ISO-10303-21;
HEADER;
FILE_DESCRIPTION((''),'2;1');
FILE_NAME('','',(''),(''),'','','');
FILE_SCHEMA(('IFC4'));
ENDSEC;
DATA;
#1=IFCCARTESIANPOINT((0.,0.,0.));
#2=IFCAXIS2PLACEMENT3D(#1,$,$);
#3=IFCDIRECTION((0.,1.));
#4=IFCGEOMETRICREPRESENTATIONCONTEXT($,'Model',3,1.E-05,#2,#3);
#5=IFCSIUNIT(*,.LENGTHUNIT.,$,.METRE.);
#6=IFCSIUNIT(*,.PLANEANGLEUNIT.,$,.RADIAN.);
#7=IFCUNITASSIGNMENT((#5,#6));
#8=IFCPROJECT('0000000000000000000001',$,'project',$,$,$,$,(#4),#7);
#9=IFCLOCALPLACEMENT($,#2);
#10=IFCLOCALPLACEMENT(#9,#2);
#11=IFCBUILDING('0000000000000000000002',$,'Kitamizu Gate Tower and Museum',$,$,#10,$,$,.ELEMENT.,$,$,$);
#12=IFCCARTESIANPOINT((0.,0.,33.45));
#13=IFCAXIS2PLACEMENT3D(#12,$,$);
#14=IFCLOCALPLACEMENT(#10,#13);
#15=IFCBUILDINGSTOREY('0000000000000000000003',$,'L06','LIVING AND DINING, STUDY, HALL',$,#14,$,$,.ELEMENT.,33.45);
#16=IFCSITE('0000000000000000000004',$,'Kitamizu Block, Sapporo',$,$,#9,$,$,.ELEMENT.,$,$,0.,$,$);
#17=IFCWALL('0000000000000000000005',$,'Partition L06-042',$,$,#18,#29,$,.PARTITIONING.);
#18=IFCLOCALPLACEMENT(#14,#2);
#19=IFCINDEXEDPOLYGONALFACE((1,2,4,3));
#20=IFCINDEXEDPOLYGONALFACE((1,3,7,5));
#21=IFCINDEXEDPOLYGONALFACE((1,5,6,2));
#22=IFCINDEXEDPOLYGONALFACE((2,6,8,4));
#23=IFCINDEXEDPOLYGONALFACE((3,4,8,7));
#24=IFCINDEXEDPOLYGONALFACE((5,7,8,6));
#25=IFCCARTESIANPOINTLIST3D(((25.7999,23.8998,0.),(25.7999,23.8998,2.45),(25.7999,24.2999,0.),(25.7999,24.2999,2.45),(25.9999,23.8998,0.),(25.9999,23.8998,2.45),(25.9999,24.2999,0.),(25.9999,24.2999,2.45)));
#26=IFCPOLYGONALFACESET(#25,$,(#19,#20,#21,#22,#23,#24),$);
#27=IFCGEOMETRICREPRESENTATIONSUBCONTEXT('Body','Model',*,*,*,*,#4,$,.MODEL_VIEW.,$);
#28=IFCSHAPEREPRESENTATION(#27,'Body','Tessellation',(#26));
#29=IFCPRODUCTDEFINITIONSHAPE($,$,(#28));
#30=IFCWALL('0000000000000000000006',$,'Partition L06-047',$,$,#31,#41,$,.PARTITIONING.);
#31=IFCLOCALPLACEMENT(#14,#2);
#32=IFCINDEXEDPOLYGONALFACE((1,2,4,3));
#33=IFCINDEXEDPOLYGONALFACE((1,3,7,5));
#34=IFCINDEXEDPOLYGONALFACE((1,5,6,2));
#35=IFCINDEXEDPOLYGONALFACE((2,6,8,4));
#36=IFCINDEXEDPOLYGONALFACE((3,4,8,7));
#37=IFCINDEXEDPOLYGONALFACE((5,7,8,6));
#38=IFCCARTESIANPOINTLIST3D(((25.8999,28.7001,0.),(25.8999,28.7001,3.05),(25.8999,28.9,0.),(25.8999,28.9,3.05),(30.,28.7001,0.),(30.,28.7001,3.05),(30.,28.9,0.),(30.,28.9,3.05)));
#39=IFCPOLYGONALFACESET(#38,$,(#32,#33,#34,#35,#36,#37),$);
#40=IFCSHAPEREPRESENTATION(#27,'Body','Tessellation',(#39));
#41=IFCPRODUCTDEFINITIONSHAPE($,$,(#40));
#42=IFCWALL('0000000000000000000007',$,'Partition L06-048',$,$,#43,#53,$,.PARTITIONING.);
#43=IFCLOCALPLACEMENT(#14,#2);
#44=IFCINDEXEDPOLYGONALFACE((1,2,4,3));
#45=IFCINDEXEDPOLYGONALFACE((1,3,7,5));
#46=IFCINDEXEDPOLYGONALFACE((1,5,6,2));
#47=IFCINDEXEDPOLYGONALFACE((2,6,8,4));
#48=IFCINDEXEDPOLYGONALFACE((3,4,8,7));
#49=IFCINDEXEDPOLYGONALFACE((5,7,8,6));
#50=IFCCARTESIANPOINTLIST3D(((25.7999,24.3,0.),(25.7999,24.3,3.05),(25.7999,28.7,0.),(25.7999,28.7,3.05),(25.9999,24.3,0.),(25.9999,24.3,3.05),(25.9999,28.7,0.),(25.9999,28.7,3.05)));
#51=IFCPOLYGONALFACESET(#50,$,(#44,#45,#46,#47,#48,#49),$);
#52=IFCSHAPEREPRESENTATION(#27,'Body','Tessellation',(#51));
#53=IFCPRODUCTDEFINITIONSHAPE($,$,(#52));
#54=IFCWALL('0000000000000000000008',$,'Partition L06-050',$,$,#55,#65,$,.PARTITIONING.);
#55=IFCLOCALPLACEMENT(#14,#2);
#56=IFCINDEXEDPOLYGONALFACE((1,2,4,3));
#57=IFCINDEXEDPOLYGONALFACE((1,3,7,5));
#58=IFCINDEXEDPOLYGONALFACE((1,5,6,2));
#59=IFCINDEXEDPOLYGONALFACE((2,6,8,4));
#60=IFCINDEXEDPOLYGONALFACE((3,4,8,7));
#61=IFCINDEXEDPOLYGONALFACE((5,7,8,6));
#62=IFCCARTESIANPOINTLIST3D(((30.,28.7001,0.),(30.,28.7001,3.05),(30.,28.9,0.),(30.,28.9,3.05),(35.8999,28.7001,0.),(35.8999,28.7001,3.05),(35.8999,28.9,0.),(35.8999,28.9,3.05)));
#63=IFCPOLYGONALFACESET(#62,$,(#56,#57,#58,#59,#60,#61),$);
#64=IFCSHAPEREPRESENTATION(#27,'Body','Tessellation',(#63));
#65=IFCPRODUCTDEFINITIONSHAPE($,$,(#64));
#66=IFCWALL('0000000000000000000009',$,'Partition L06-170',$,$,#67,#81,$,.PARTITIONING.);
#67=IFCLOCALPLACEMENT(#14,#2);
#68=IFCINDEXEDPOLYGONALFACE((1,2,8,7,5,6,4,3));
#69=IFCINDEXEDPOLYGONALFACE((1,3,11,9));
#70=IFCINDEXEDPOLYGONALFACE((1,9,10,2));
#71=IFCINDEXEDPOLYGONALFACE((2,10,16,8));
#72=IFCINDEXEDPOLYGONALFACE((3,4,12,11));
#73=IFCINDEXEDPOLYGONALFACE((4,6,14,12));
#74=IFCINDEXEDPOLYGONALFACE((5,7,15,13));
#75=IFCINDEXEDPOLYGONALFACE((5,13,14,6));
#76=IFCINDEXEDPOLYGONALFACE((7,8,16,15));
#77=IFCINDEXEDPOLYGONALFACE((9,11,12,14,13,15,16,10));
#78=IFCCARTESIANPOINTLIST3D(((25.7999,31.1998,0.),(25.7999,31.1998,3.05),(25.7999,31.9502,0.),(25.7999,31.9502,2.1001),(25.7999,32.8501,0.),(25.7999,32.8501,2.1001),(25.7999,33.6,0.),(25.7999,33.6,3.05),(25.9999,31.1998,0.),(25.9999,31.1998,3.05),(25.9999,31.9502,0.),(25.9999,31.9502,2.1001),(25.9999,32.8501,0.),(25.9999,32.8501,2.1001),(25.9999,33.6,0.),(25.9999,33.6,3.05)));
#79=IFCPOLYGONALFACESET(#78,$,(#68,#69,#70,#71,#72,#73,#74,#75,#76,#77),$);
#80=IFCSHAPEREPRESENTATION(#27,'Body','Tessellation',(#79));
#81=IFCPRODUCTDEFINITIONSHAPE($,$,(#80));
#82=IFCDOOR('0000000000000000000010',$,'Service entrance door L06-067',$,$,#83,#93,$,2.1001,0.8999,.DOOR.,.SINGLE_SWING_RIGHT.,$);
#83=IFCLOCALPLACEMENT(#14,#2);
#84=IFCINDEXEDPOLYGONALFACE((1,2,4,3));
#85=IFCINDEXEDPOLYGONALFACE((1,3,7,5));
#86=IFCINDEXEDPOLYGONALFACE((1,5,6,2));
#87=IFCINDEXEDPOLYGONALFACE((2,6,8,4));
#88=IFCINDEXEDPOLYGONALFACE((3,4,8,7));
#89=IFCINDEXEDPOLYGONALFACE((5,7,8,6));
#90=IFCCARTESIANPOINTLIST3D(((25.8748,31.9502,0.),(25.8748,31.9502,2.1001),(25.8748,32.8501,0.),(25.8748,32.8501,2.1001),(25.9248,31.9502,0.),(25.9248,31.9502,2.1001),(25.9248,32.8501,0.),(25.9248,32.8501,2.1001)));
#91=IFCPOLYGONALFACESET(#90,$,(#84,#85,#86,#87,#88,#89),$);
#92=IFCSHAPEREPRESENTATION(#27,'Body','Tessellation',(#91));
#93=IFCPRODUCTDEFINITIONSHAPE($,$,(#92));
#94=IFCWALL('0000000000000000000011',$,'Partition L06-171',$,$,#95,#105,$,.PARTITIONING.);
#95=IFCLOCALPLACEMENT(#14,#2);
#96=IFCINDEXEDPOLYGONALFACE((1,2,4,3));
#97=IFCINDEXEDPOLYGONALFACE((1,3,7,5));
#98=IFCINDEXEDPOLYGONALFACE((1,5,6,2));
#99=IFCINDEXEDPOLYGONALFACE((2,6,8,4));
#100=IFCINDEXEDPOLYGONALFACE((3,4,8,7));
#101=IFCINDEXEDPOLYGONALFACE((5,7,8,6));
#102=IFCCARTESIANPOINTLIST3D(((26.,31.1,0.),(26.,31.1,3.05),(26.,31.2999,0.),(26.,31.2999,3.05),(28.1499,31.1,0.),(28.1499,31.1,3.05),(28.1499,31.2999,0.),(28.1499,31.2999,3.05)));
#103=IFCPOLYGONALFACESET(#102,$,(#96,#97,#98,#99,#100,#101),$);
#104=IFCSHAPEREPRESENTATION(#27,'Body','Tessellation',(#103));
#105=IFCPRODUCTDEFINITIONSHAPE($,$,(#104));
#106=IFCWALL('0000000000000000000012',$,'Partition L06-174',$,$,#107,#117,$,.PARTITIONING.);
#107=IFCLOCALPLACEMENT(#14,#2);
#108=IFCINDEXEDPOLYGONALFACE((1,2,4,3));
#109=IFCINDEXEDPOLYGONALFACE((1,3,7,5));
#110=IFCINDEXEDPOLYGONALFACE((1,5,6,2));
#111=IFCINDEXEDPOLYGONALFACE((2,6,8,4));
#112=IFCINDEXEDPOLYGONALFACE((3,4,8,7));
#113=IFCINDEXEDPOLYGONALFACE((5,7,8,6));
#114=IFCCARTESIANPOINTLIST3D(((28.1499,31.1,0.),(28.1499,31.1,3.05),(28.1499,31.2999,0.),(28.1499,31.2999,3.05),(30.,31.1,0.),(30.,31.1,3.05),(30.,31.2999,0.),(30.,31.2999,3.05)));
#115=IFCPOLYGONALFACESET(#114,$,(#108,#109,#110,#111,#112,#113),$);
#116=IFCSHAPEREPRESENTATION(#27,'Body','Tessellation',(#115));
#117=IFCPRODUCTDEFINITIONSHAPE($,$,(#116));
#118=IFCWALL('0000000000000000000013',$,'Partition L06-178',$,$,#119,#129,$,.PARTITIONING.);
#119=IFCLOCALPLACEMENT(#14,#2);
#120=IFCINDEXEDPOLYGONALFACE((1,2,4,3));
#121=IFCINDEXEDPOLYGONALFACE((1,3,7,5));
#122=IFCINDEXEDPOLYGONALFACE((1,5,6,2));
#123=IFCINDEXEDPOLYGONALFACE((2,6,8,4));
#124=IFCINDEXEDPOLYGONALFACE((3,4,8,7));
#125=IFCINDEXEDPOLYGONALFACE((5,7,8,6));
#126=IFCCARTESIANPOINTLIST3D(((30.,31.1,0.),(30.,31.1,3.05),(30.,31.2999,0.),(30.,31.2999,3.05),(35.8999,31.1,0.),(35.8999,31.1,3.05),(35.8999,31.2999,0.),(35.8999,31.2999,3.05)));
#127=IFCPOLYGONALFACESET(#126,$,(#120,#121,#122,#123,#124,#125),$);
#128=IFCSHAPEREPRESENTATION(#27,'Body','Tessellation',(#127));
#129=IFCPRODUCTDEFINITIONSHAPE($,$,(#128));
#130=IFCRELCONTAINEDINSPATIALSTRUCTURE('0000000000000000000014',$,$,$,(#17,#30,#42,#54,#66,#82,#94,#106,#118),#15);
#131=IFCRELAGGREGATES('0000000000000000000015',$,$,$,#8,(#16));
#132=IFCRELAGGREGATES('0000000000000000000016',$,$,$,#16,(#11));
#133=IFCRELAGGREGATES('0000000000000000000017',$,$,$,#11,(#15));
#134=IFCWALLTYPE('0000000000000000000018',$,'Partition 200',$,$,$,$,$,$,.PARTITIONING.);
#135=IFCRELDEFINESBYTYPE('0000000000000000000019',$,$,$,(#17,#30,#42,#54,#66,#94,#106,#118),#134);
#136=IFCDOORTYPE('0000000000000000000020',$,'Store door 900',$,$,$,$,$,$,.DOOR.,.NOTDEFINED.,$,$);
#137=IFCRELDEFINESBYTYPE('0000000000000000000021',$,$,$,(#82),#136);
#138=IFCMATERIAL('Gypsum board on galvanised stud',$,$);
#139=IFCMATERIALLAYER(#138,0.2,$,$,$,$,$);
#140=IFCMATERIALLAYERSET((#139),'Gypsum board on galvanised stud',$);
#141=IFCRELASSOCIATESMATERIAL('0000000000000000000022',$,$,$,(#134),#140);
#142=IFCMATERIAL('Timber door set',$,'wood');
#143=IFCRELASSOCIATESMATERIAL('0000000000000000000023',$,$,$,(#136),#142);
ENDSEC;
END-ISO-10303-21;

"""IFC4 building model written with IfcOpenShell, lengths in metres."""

from ifc_helpers import new_model, si_unit, direction, frame, frame_2d, origin, place, context, subcontext, project, spatial, rectangle, extrude, material, layer, layer_set, type_object, element, fill, save


model = new_model("IFC4")

# Units and contexts
model_context = context("Model", 3, precision=1e-05, world=origin(), true_north=direction((0.0, 1.0)))
body_context = subcontext(model_context, "Body", "Model", "MODEL_VIEW")
ifc_project = project(units=[si_unit("LENGTHUNIT", "METRE"), si_unit("PLANEANGLEUNIT", "RADIAN")], contexts=[model_context])

# Site, building, storey
site_placement = place(None, origin())
site = spatial("IfcSite", under=ifc_project, at=site_placement, Name="Kitamizu Block, Sapporo", CompositionType="ELEMENT", RefElevation=0.0)
building_placement = place(site_placement, origin())
building = spatial("IfcBuilding", under=site, at=building_placement, Name="Kitamizu Gate Tower and Museum", CompositionType="ELEMENT")
storey_placement = place(building_placement, frame((0.0, 0.0, 33.45)))
storey = spatial("IfcBuildingStorey", under=building, at=storey_placement, Name="L06", Description="LIVING AND DINING, STUDY, HALL", CompositionType="ELEMENT", Elevation=33.45)

# Walls
ifc_material_1 = material(Name="Gypsum board on galvanised stud")
ifc_layer_1 = layer(ifc_material_1, 0.2)
ifc_layer_set_1 = layer_set([ifc_layer_1], Name="Gypsum board on galvanised stud")
wall_type_1 = type_object("IfcWallType", Name="Partition 200", PredefinedType="PARTITIONING", material=ifc_layer_set_1)
wall_1_placement = place(storey_placement, frame((25.8999, 24.3, 0.0), z_axis=(0.0, 0.0, 1.0), x_axis=(0.0, -1.0, 0.0)))
element("IfcWall", 1, at=wall_1_placement, inside=storey, type_object=wall_type_1, Name="Partition L06-042", PredefinedType="PARTITIONING", context=body_context, shape_type="SweptSolid", body=[
    extrude(rectangle(XDim=0.4001, YDim=0.2, at=frame_2d((0.2002, 0.0))), origin(), (0.0, 0.0, 1.0), 2.45),
])
wall_2_placement = place(storey_placement, frame((30.0, 28.8, 0.0), z_axis=(0.0, 0.0, 1.0), x_axis=(-1.0, 0.0, 0.0)))
element("IfcWall", 2, at=wall_2_placement, inside=storey, type_object=wall_type_1, Name="Partition L06-047", PredefinedType="PARTITIONING", context=body_context, shape_type="SweptSolid", body=[
    extrude(rectangle(XDim=4.1001, YDim=0.2, at=frame_2d((2.05, 0.0))), origin(), (0.0, 0.0, 1.0), 3.05),
])
wall_3_placement = place(storey_placement, frame((25.8999, 28.7, 0.0), z_axis=(0.0, 0.0, 1.0), x_axis=(0.0, -1.0, 0.0)))
element("IfcWall", 3, at=wall_3_placement, inside=storey, type_object=wall_type_1, Name="Partition L06-048", PredefinedType="PARTITIONING", context=body_context, shape_type="SweptSolid", body=[
    extrude(rectangle(XDim=4.3999, YDim=0.2, at=frame_2d((2.2, 0.0))), origin(), (0.0, 0.0, 1.0), 3.05),
])
wall_4_placement = place(storey_placement, frame((35.8999, 28.8, 0.0), z_axis=(0.0, 0.0, 1.0), x_axis=(-1.0, 0.0, 0.0)))
element("IfcWall", 4, at=wall_4_placement, inside=storey, type_object=wall_type_1, Name="Partition L06-050", PredefinedType="PARTITIONING", context=body_context, shape_type="SweptSolid", body=[
    extrude(rectangle(XDim=5.8999, YDim=0.2, at=frame_2d((2.95, 0.0))), origin(), (0.0, 0.0, 1.0), 3.05),
])

# Wall, opening, door
wall_5_placement = place(storey_placement, frame((25.8999, 33.6001, 0.0), z_axis=(0.0, 0.0, 1.0), x_axis=(0.0, -1.0, 0.0)))
wall_5 = element("IfcWall", 5, at=wall_5_placement, inside=storey, type_object=wall_type_1, Name="Partition L06-170", PredefinedType="PARTITIONING", context=body_context, shape_type="SweptSolid", body=[
    extrude(rectangle(XDim=2.4001, YDim=0.2, at=frame_2d((1.2002, 0.0))), origin(), (0.0, 0.0, 1.0), 3.05),
])
opening_1_placement = place(wall_5_placement, frame((0.75, 0.0, 0.0)))
opening_1 = element("IfcOpeningElement", 6, at=opening_1_placement, cuts=wall_5, PredefinedType="OPENING", context=body_context, shape_type="SweptSolid", body=[
    extrude(rectangle(XDim=0.8999, YDim=2.1001, at=frame_2d((0.45, 1.05))), frame((0.0, 0.1099, 0.0), z_axis=(0.0, -1.0, 0.0), x_axis=(1.0, 0.0, 0.0)), (0.0, 0.0, 1.0), 0.22),
])
ifc_material_2 = material(Name="Timber door set", Category="wood")
door_type_1 = type_object("IfcDoorType", Name="Store door 900", OperationType="NOTDEFINED", PredefinedType="DOOR", material=ifc_material_2)
door_1_placement = place(opening_1_placement, origin())
door_1 = element("IfcDoor", 7, at=door_1_placement, inside=storey, type_object=door_type_1, Name="Service entrance door L06-067", OperationType="SINGLE_SWING_RIGHT", OverallHeight=2.1001, OverallWidth=0.8999, PredefinedType="DOOR", context=body_context, shape_type="SweptSolid", body=[
    extrude(rectangle(XDim=0.8999, YDim=2.1001, at=frame_2d((0.45, 1.05))), frame((0.0, 0.0249, 0.0), z_axis=(0.0, -1.0, 0.0), x_axis=(1.0, 0.0, 0.0)), (0.0, 0.0, 1.0), 0.05),
])
fill(opening_1, door_1)

# Walls
wall_6_placement = place(storey_placement, frame((26.0, 31.2, 0.0), z_axis=(0.0, 0.0, 1.0), x_axis=(1.0, 0.0, 0.0)))
element("IfcWall", 8, at=wall_6_placement, inside=storey, type_object=wall_type_1, Name="Partition L06-171", PredefinedType="PARTITIONING", context=body_context, shape_type="SweptSolid", body=[
    extrude(rectangle(XDim=2.1499, YDim=0.2, at=frame_2d((1.075, 0.0))), origin(), (0.0, 0.0, 1.0), 3.05),
])
wall_7_placement = place(storey_placement, frame((28.1499, 31.2, 0.0), z_axis=(0.0, 0.0, 1.0), x_axis=(1.0, 0.0, 0.0)))
element("IfcWall", 9, at=wall_7_placement, inside=storey, type_object=wall_type_1, Name="Partition L06-174", PredefinedType="PARTITIONING", context=body_context, shape_type="SweptSolid", body=[
    extrude(rectangle(XDim=1.8501, YDim=0.2, at=frame_2d((0.925, 0.0))), origin(), (0.0, 0.0, 1.0), 3.05),
])
wall_8_placement = place(storey_placement, frame((30.0, 31.2, 0.0), z_axis=(0.0, 0.0, 1.0), x_axis=(1.0, 0.0, 0.0)))
element("IfcWall", 10, at=wall_8_placement, inside=storey, type_object=wall_type_1, Name="Partition L06-178", PredefinedType="PARTITIONING", context=body_context, shape_type="SweptSolid", body=[
    extrude(rectangle(XDim=5.8999, YDim=0.2, at=frame_2d((2.95, 0.0))), origin(), (0.0, 0.0, 1.0), 3.05),
])

save(model, "model.ifc")
